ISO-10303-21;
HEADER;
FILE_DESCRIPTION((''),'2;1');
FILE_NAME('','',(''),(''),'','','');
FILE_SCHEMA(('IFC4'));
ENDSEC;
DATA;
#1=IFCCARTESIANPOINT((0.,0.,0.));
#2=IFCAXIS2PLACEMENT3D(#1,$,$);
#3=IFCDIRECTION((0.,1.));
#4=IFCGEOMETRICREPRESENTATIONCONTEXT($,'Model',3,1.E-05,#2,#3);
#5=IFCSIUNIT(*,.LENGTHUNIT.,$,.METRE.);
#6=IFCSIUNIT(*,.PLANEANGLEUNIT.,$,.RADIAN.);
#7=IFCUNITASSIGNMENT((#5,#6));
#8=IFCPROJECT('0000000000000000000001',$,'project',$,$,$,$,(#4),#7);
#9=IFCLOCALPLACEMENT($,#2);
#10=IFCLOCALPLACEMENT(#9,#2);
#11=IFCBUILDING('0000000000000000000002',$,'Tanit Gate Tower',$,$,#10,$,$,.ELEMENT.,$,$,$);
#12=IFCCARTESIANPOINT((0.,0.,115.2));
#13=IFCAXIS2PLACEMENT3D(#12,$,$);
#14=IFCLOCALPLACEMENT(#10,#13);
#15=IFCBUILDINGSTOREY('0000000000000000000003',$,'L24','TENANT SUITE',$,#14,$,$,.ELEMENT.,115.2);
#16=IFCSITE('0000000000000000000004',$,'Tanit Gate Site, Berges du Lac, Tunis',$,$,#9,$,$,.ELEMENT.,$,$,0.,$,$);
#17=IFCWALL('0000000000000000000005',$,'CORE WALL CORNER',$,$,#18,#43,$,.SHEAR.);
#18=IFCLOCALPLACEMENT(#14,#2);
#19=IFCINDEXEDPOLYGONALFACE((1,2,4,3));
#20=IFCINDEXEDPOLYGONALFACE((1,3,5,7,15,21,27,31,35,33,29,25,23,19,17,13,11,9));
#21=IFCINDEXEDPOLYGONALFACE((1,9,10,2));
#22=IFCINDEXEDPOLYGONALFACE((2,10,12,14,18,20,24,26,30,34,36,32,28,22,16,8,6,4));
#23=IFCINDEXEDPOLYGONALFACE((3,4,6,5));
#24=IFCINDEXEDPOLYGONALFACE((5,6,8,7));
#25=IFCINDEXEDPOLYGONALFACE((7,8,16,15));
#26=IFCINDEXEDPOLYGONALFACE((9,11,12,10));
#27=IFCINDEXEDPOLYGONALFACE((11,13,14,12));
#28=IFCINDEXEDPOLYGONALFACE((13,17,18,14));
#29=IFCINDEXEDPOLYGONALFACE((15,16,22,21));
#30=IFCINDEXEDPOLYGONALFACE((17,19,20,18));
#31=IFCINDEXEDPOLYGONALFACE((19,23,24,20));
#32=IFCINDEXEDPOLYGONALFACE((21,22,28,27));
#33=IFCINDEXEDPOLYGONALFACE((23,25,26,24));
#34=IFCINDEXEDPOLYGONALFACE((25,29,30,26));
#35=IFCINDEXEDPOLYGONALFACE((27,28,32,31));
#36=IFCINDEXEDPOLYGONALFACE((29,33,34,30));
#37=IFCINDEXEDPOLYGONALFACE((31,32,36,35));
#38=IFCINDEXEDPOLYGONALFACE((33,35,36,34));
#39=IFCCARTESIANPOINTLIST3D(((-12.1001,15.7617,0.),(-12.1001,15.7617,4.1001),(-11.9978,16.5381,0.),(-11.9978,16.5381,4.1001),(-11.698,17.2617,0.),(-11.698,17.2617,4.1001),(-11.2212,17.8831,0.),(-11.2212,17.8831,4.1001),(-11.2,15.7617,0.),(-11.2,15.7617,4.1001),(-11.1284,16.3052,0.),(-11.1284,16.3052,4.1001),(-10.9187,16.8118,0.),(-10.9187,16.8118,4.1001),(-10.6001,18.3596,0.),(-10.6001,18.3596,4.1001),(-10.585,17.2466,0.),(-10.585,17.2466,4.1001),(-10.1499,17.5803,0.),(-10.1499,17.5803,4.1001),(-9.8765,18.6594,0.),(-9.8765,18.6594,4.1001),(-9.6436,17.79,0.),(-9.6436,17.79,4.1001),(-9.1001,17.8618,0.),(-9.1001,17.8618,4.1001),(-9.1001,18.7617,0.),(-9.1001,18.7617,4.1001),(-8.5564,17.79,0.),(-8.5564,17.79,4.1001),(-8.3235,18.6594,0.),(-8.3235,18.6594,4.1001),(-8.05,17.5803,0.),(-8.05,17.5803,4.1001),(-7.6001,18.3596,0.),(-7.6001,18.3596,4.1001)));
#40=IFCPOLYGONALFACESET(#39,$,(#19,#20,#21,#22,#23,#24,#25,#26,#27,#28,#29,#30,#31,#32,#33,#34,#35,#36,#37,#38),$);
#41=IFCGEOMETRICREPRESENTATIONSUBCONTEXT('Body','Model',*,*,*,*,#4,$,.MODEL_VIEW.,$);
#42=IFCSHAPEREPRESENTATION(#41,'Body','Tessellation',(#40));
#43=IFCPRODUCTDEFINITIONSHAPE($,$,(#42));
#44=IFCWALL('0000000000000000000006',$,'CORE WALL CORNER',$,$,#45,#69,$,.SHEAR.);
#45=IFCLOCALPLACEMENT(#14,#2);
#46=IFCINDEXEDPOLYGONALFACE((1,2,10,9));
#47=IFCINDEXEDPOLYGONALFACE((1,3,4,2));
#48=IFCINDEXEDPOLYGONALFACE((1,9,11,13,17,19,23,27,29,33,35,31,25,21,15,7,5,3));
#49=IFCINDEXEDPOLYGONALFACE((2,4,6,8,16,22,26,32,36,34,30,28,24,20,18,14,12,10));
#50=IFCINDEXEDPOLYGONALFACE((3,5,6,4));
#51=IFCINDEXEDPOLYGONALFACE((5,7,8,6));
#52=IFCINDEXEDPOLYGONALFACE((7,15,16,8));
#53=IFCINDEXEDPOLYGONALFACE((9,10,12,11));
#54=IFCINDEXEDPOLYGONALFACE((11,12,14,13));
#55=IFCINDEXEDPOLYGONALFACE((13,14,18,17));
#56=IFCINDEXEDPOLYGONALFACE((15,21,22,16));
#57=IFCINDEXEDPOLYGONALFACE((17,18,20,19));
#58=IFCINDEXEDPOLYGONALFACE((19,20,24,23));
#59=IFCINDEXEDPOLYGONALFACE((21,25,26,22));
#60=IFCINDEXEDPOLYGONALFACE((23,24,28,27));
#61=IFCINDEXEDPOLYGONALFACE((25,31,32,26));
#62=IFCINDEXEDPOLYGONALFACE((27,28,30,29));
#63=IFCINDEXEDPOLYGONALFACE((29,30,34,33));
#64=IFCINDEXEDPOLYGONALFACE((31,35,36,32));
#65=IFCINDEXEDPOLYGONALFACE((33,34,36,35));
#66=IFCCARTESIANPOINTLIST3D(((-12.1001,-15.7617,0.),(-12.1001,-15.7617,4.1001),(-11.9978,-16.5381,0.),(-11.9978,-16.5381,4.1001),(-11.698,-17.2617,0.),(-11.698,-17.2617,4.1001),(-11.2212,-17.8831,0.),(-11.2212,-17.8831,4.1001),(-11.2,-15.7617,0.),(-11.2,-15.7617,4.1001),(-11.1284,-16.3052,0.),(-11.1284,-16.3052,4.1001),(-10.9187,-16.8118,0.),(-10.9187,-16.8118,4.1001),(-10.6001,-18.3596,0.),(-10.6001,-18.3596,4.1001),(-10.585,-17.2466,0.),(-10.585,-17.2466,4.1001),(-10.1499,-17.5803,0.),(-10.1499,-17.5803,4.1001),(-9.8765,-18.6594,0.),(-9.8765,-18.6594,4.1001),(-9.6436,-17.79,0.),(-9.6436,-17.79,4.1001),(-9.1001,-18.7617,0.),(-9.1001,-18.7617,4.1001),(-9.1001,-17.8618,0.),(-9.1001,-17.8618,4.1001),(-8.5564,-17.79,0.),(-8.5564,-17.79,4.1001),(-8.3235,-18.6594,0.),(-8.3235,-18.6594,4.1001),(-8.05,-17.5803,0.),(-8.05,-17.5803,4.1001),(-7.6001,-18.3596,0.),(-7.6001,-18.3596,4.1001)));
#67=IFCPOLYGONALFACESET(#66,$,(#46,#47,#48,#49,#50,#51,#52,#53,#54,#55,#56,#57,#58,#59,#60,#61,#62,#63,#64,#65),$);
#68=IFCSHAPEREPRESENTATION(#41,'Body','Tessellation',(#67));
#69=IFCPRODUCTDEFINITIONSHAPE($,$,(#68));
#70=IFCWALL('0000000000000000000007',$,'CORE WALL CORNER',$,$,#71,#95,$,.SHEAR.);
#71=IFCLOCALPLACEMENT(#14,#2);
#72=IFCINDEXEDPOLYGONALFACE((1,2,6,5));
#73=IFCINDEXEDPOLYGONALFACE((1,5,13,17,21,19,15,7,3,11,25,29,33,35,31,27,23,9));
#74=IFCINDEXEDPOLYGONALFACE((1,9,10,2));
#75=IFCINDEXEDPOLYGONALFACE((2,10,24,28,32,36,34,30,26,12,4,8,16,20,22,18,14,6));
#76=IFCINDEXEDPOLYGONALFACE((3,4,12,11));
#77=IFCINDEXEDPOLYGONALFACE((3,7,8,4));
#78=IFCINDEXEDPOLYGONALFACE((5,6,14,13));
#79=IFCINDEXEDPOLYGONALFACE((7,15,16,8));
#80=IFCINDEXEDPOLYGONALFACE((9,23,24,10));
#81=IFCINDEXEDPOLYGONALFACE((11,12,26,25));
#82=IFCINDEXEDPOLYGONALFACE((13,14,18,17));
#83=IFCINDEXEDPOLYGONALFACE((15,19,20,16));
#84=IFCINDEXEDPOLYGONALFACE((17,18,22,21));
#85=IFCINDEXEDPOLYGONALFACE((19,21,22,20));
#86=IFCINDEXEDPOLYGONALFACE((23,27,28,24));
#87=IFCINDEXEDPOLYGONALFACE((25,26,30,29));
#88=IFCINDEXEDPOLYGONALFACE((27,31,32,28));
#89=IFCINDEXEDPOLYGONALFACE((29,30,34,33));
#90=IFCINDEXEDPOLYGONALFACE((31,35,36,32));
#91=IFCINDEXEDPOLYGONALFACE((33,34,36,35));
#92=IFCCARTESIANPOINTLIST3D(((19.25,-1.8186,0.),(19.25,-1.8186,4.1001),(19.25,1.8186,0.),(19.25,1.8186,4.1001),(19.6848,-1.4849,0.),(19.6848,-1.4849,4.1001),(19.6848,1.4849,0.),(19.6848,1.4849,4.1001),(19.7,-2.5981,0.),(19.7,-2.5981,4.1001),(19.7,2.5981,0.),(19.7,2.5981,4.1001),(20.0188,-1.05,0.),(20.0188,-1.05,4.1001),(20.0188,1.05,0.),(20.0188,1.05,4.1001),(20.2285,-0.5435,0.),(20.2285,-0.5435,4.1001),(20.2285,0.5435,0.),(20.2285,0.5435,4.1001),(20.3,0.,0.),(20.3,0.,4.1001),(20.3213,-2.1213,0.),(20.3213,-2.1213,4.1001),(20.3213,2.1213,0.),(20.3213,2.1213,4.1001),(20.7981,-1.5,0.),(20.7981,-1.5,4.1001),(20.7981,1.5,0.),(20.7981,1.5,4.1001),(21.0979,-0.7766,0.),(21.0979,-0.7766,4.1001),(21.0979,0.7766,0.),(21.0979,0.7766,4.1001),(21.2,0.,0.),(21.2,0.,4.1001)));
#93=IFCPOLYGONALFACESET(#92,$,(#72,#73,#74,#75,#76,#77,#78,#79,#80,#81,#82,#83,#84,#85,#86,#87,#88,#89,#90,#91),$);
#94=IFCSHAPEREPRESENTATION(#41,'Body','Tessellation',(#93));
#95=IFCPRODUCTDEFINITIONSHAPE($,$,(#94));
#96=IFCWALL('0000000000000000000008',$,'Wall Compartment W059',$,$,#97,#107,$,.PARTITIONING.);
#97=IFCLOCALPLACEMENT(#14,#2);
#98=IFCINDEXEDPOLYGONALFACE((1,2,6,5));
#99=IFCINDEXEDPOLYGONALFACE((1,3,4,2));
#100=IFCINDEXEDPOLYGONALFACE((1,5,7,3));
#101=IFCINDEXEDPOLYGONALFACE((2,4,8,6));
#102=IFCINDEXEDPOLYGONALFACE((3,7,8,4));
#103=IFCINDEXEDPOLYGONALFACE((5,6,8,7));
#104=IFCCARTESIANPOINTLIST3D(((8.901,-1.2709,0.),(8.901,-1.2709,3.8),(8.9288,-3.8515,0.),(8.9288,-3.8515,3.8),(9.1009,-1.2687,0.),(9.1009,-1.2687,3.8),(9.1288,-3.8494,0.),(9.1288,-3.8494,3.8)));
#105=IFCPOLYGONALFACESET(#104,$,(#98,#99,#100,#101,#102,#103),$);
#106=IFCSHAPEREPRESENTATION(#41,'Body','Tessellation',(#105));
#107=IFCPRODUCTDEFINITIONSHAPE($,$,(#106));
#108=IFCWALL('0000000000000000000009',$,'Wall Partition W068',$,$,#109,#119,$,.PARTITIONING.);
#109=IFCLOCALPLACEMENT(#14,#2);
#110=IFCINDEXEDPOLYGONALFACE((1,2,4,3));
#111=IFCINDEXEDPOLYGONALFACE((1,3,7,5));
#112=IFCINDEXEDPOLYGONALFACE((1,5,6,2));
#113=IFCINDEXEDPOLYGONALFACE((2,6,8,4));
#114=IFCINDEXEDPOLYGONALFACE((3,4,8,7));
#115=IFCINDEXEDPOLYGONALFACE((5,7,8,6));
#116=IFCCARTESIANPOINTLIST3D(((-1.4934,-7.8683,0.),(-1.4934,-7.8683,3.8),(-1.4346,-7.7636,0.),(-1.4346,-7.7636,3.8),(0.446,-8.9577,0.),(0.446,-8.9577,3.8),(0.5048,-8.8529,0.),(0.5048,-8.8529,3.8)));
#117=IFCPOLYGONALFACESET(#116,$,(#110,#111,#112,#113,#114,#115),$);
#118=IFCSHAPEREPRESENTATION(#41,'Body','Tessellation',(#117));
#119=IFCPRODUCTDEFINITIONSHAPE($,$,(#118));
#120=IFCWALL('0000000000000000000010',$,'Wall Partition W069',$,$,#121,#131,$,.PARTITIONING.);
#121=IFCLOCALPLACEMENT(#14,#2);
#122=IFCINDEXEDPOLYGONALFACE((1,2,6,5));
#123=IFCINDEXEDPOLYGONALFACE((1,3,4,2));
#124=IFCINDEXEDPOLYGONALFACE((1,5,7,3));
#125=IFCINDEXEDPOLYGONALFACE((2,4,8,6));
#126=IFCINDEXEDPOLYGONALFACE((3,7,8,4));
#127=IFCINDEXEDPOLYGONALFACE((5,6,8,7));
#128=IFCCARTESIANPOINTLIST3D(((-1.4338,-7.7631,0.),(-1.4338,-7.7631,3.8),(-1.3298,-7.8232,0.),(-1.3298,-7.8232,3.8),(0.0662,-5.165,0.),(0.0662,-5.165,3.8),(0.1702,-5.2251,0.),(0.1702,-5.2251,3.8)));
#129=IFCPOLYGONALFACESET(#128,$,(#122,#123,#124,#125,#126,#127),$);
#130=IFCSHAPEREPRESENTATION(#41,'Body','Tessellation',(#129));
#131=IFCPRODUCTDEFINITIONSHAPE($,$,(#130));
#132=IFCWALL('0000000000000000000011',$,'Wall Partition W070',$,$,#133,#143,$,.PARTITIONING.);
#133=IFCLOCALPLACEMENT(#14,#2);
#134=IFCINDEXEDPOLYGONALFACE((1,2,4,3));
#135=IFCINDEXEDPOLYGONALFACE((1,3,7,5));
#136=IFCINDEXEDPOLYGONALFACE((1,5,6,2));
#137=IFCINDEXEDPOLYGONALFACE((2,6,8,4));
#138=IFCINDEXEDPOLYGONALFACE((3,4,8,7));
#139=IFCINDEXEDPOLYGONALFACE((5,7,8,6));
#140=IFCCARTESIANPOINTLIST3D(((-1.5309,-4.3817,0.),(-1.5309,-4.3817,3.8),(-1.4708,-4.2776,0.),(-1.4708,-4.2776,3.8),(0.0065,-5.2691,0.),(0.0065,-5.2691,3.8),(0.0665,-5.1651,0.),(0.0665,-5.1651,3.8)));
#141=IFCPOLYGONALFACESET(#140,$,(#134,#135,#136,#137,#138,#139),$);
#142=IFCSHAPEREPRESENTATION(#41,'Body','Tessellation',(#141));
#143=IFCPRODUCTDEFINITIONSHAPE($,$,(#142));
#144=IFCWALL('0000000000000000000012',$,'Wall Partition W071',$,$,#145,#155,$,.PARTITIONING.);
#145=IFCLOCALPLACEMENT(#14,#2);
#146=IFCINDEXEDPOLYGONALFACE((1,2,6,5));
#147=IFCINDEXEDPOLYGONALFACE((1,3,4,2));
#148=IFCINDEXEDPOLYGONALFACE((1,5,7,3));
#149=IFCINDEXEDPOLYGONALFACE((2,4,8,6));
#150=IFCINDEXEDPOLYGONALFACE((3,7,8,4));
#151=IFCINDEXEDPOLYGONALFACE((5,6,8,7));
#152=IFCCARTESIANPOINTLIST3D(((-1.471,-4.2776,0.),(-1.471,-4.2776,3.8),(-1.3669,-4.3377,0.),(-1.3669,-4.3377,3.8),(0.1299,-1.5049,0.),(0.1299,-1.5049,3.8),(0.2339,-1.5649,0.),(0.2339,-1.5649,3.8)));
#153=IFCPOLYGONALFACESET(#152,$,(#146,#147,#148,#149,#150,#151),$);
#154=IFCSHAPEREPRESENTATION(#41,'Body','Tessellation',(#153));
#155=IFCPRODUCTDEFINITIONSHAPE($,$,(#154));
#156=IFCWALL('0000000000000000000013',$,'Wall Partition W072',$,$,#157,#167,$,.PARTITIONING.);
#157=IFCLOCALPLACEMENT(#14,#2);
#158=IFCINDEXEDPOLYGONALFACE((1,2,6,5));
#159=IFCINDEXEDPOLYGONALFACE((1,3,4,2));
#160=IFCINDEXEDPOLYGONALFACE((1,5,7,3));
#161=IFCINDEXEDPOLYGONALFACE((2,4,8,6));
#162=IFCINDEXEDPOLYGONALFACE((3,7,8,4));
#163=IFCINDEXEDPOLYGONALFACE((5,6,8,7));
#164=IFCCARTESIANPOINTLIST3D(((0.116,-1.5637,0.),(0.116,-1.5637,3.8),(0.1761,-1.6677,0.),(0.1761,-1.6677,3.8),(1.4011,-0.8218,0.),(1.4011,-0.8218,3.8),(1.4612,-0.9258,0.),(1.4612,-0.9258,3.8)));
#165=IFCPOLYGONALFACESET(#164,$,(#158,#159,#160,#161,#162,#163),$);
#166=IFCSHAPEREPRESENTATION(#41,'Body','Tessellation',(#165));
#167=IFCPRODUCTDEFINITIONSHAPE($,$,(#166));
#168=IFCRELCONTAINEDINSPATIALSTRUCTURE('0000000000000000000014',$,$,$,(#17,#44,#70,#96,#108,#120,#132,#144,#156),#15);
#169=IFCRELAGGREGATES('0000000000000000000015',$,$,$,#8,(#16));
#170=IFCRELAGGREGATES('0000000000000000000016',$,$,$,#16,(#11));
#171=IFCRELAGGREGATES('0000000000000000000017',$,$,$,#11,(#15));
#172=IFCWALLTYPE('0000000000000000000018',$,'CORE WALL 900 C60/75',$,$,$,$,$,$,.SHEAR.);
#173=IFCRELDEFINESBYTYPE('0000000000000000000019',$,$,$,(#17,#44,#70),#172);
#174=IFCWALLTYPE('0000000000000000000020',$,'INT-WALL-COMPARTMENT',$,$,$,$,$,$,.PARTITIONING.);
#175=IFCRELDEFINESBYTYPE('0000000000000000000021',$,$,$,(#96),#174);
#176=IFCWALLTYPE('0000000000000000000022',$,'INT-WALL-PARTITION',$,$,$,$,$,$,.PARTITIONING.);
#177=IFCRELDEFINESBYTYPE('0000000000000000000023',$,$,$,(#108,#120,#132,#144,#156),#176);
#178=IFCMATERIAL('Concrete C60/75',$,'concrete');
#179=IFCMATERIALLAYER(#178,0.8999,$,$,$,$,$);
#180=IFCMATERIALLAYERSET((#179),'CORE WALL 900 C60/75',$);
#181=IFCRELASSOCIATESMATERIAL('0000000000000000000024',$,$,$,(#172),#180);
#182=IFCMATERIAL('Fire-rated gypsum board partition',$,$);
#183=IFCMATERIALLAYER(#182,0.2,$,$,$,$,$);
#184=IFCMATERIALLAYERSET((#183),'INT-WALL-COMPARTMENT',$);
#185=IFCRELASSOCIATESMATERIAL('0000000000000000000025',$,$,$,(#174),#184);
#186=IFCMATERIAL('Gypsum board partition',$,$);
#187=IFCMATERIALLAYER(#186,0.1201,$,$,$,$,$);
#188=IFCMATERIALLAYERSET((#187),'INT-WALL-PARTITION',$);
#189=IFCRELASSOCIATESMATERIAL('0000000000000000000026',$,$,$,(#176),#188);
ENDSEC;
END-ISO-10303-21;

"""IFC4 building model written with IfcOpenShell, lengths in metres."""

from ifc_helpers import new_model, si_unit, direction, frame, frame_2d, origin, place, context, subcontext, project, spatial, polyline, rectangle, outline, extrude, material, layer, layer_set, type_object, element, save


model = new_model("IFC4")

# Units and contexts
model_context = context("Model", 3, precision=1e-05, world=origin(), true_north=direction((0.0, 1.0)))
body_context = subcontext(model_context, "Body", "Model", "MODEL_VIEW")
ifc_project = project(units=[si_unit("LENGTHUNIT", "METRE"), si_unit("PLANEANGLEUNIT", "RADIAN")], contexts=[model_context])

# Site, building, storey
site_placement = place(None, origin())
site = spatial("IfcSite", under=ifc_project, at=site_placement, Name="Tanit Gate Site, Berges du Lac, Tunis", CompositionType="ELEMENT", RefElevation=0.0)
building_placement = place(site_placement, origin())
building = spatial("IfcBuilding", under=site, at=building_placement, Name="Tanit Gate Tower", CompositionType="ELEMENT")
storey_placement = place(building_placement, frame((0.0, 0.0, 115.2)))
storey = spatial("IfcBuildingStorey", under=building, at=storey_placement, Name="L24", Description="TENANT SUITE", CompositionType="ELEMENT", Elevation=115.2)

# Walls
ifc_material_1 = material(Name="Concrete C60/75", Category="concrete")
ifc_layer_1 = layer(ifc_material_1, 0.8999)
ifc_layer_set_1 = layer_set([ifc_layer_1], Name="CORE WALL 900 C60/75")
wall_type_1 = type_object("IfcWallType", Name="CORE WALL 900 C60/75", PredefinedType="SHEAR", material=ifc_layer_set_1)
wall_1_placement = place(storey_placement, origin())
element("IfcWall", 1, at=wall_1_placement, inside=storey, type_object=wall_type_1, Name="CORE WALL CORNER", PredefinedType="SHEAR", context=body_context, shape_type="SweptSolid", body=[
    extrude(outline(polyline([(-7.6001, 18.3596), (-8.3235, 18.6594), (-9.1001, 18.7617), (-9.8765, 18.6594), (-10.6001, 18.3596), (-11.2212, 17.8831), (-11.698, 17.2617), (-11.9978, 16.5381), (-12.1001, 15.7617), (-11.2, 15.7617), (-11.1284, 16.3052), (-10.9187, 16.8118), (-10.585, 17.2466), (-10.1499, 17.5803), (-9.6436, 17.79), (-9.1001, 17.8618), (-8.5564, 17.79), (-8.05, 17.5803), (-7.6001, 18.3596)])), origin(), (0.0, 0.0, 1.0), 4.1001),
])
wall_2_placement = place(storey_placement, origin())
element("IfcWall", 2, at=wall_2_placement, inside=storey, type_object=wall_type_1, Name="CORE WALL CORNER", PredefinedType="SHEAR", context=body_context, shape_type="SweptSolid", body=[
    extrude(outline(polyline([(-12.1001, -15.7617), (-11.9978, -16.5381), (-11.698, -17.2617), (-11.2212, -17.8831), (-10.6001, -18.3596), (-9.8765, -18.6594), (-9.1001, -18.7617), (-8.3235, -18.6594), (-7.6001, -18.3596), (-8.05, -17.5803), (-8.5564, -17.79), (-9.1001, -17.8618), (-9.6436, -17.79), (-10.1499, -17.5803), (-10.585, -17.2466), (-10.9187, -16.8118), (-11.1284, -16.3052), (-11.2, -15.7617), (-12.1001, -15.7617)])), origin(), (0.0, 0.0, 1.0), 4.1001),
])
wall_3_placement = place(storey_placement, origin())
element("IfcWall", 3, at=wall_3_placement, inside=storey, type_object=wall_type_1, Name="CORE WALL CORNER", PredefinedType="SHEAR", context=body_context, shape_type="SweptSolid", body=[
    extrude(outline(polyline([(19.7, -2.5981), (20.3213, -2.1213), (20.7981, -1.5), (21.0979, -0.7766), (21.2, 0.0), (21.0979, 0.7766), (20.7981, 1.5), (20.3213, 2.1213), (19.7, 2.5981), (19.25, 1.8186), (19.6848, 1.4849), (20.0188, 1.05), (20.2285, 0.5435), (20.3, 0.0), (20.2285, -0.5435), (20.0188, -1.05), (19.6848, -1.4849), (19.25, -1.8186), (19.7, -2.5981)])), origin(), (0.0, 0.0, 1.0), 4.1001),
])
ifc_material_2 = material(Name="Fire-rated gypsum board partition")
ifc_layer_2 = layer(ifc_material_2, 0.2)
ifc_layer_set_2 = layer_set([ifc_layer_2], Name="INT-WALL-COMPARTMENT")
wall_type_2 = type_object("IfcWallType", Name="INT-WALL-COMPARTMENT", PredefinedType="PARTITIONING", material=ifc_layer_set_2)
wall_4_placement = place(storey_placement, frame((9.0288, -3.8506, 0.0), z_axis=(0.0, 0.0, 1.0), x_axis=(-0.010785, 0.999942, 0.0)))
element("IfcWall", 4, at=wall_4_placement, inside=storey, type_object=wall_type_2, Name="Wall Compartment W059", PredefinedType="PARTITIONING", context=body_context, shape_type="SweptSolid", body=[
    extrude(rectangle(XDim=2.5808, YDim=0.2, at=frame_2d((1.2905, 0.0))), origin(), (0.0, 0.0, 1.0), 3.8),
])
ifc_material_3 = material(Name="Gypsum board partition")
ifc_layer_3 = layer(ifc_material_3, 0.1201)
ifc_layer_set_3 = layer_set([ifc_layer_3], Name="INT-WALL-PARTITION")
wall_type_3 = type_object("IfcWallType", Name="INT-WALL-PARTITION", PredefinedType="PARTITIONING", material=ifc_layer_set_3)
wall_5_placement = place(storey_placement, frame((-1.4641, -7.8159, 0.0), z_axis=(0.0, 0.0, 1.0), x_axis=(0.87188, -0.489719, 0.0)))
element("IfcWall", 5, at=wall_5_placement, inside=storey, type_object=wall_type_3, Name="Wall Partition W068", PredefinedType="PARTITIONING", context=body_context, shape_type="SweptSolid", body=[
    extrude(rectangle(XDim=2.2244, YDim=0.1201, at=frame_2d((1.1123, 0.0))), origin(), (0.0, 0.0, 1.0), 3.8),
])
wall_6_placement = place(storey_placement, frame((0.1182, -5.1951, 0.0), z_axis=(0.0, 0.0, 1.0), x_axis=(-0.49999, -0.866031, 0.0)))
element("IfcWall", 6, at=wall_6_placement, inside=storey, type_object=wall_type_3, Name="Wall Partition W069", PredefinedType="PARTITIONING", context=body_context, shape_type="SweptSolid", body=[
    extrude(rectangle(XDim=3.0, YDim=0.1201, at=frame_2d((1.5, 0.0))), origin(), (0.0, 0.0, 1.0), 3.8),
])
wall_7_placement = place(storey_placement, frame((-1.501, -4.3296, 0.0), z_axis=(0.0, 0.0, 1.0), x_axis=(0.86606, -0.499941, 0.0)))
element("IfcWall", 7, at=wall_7_placement, inside=storey, type_object=wall_type_3, Name="Wall Partition W070", PredefinedType="PARTITIONING", context=body_context, shape_type="SweptSolid", body=[
    extrude(rectangle(XDim=1.7751, YDim=0.1201, at=frame_2d((0.8877, 0.0))), origin(), (0.0, 0.0, 1.0), 3.8),
])
wall_8_placement = place(storey_placement, frame((0.1819, -1.5349, 0.0), z_axis=(0.0, 0.0, 1.0), x_axis=(-0.500002, -0.866024, 0.0)))
element("IfcWall", 8, at=wall_8_placement, inside=storey, type_object=wall_type_3, Name="Wall Partition W071", PredefinedType="PARTITIONING", context=body_context, shape_type="SweptSolid", body=[
    extrude(rectangle(XDim=3.2017, YDim=0.1201, at=frame_2d((1.6008, 0.0))), origin(), (0.0, 0.0, 1.0), 3.8),
])
wall_9_placement = place(storey_placement, frame((1.4312, -0.8738, 0.0), z_axis=(0.0, 0.0, 1.0), x_axis=(-0.866038, -0.499979, 0.0)))
element("IfcWall", 9, at=wall_9_placement, inside=storey, type_object=wall_type_3, Name="Wall Partition W072", PredefinedType="PARTITIONING", context=body_context, shape_type="SweptSolid", body=[
    extrude(rectangle(XDim=1.4839, YDim=0.1201, at=frame_2d((0.7419, 0.0))), origin(), (0.0, 0.0, 1.0), 3.8),
])

save(model, "model.ifc")
